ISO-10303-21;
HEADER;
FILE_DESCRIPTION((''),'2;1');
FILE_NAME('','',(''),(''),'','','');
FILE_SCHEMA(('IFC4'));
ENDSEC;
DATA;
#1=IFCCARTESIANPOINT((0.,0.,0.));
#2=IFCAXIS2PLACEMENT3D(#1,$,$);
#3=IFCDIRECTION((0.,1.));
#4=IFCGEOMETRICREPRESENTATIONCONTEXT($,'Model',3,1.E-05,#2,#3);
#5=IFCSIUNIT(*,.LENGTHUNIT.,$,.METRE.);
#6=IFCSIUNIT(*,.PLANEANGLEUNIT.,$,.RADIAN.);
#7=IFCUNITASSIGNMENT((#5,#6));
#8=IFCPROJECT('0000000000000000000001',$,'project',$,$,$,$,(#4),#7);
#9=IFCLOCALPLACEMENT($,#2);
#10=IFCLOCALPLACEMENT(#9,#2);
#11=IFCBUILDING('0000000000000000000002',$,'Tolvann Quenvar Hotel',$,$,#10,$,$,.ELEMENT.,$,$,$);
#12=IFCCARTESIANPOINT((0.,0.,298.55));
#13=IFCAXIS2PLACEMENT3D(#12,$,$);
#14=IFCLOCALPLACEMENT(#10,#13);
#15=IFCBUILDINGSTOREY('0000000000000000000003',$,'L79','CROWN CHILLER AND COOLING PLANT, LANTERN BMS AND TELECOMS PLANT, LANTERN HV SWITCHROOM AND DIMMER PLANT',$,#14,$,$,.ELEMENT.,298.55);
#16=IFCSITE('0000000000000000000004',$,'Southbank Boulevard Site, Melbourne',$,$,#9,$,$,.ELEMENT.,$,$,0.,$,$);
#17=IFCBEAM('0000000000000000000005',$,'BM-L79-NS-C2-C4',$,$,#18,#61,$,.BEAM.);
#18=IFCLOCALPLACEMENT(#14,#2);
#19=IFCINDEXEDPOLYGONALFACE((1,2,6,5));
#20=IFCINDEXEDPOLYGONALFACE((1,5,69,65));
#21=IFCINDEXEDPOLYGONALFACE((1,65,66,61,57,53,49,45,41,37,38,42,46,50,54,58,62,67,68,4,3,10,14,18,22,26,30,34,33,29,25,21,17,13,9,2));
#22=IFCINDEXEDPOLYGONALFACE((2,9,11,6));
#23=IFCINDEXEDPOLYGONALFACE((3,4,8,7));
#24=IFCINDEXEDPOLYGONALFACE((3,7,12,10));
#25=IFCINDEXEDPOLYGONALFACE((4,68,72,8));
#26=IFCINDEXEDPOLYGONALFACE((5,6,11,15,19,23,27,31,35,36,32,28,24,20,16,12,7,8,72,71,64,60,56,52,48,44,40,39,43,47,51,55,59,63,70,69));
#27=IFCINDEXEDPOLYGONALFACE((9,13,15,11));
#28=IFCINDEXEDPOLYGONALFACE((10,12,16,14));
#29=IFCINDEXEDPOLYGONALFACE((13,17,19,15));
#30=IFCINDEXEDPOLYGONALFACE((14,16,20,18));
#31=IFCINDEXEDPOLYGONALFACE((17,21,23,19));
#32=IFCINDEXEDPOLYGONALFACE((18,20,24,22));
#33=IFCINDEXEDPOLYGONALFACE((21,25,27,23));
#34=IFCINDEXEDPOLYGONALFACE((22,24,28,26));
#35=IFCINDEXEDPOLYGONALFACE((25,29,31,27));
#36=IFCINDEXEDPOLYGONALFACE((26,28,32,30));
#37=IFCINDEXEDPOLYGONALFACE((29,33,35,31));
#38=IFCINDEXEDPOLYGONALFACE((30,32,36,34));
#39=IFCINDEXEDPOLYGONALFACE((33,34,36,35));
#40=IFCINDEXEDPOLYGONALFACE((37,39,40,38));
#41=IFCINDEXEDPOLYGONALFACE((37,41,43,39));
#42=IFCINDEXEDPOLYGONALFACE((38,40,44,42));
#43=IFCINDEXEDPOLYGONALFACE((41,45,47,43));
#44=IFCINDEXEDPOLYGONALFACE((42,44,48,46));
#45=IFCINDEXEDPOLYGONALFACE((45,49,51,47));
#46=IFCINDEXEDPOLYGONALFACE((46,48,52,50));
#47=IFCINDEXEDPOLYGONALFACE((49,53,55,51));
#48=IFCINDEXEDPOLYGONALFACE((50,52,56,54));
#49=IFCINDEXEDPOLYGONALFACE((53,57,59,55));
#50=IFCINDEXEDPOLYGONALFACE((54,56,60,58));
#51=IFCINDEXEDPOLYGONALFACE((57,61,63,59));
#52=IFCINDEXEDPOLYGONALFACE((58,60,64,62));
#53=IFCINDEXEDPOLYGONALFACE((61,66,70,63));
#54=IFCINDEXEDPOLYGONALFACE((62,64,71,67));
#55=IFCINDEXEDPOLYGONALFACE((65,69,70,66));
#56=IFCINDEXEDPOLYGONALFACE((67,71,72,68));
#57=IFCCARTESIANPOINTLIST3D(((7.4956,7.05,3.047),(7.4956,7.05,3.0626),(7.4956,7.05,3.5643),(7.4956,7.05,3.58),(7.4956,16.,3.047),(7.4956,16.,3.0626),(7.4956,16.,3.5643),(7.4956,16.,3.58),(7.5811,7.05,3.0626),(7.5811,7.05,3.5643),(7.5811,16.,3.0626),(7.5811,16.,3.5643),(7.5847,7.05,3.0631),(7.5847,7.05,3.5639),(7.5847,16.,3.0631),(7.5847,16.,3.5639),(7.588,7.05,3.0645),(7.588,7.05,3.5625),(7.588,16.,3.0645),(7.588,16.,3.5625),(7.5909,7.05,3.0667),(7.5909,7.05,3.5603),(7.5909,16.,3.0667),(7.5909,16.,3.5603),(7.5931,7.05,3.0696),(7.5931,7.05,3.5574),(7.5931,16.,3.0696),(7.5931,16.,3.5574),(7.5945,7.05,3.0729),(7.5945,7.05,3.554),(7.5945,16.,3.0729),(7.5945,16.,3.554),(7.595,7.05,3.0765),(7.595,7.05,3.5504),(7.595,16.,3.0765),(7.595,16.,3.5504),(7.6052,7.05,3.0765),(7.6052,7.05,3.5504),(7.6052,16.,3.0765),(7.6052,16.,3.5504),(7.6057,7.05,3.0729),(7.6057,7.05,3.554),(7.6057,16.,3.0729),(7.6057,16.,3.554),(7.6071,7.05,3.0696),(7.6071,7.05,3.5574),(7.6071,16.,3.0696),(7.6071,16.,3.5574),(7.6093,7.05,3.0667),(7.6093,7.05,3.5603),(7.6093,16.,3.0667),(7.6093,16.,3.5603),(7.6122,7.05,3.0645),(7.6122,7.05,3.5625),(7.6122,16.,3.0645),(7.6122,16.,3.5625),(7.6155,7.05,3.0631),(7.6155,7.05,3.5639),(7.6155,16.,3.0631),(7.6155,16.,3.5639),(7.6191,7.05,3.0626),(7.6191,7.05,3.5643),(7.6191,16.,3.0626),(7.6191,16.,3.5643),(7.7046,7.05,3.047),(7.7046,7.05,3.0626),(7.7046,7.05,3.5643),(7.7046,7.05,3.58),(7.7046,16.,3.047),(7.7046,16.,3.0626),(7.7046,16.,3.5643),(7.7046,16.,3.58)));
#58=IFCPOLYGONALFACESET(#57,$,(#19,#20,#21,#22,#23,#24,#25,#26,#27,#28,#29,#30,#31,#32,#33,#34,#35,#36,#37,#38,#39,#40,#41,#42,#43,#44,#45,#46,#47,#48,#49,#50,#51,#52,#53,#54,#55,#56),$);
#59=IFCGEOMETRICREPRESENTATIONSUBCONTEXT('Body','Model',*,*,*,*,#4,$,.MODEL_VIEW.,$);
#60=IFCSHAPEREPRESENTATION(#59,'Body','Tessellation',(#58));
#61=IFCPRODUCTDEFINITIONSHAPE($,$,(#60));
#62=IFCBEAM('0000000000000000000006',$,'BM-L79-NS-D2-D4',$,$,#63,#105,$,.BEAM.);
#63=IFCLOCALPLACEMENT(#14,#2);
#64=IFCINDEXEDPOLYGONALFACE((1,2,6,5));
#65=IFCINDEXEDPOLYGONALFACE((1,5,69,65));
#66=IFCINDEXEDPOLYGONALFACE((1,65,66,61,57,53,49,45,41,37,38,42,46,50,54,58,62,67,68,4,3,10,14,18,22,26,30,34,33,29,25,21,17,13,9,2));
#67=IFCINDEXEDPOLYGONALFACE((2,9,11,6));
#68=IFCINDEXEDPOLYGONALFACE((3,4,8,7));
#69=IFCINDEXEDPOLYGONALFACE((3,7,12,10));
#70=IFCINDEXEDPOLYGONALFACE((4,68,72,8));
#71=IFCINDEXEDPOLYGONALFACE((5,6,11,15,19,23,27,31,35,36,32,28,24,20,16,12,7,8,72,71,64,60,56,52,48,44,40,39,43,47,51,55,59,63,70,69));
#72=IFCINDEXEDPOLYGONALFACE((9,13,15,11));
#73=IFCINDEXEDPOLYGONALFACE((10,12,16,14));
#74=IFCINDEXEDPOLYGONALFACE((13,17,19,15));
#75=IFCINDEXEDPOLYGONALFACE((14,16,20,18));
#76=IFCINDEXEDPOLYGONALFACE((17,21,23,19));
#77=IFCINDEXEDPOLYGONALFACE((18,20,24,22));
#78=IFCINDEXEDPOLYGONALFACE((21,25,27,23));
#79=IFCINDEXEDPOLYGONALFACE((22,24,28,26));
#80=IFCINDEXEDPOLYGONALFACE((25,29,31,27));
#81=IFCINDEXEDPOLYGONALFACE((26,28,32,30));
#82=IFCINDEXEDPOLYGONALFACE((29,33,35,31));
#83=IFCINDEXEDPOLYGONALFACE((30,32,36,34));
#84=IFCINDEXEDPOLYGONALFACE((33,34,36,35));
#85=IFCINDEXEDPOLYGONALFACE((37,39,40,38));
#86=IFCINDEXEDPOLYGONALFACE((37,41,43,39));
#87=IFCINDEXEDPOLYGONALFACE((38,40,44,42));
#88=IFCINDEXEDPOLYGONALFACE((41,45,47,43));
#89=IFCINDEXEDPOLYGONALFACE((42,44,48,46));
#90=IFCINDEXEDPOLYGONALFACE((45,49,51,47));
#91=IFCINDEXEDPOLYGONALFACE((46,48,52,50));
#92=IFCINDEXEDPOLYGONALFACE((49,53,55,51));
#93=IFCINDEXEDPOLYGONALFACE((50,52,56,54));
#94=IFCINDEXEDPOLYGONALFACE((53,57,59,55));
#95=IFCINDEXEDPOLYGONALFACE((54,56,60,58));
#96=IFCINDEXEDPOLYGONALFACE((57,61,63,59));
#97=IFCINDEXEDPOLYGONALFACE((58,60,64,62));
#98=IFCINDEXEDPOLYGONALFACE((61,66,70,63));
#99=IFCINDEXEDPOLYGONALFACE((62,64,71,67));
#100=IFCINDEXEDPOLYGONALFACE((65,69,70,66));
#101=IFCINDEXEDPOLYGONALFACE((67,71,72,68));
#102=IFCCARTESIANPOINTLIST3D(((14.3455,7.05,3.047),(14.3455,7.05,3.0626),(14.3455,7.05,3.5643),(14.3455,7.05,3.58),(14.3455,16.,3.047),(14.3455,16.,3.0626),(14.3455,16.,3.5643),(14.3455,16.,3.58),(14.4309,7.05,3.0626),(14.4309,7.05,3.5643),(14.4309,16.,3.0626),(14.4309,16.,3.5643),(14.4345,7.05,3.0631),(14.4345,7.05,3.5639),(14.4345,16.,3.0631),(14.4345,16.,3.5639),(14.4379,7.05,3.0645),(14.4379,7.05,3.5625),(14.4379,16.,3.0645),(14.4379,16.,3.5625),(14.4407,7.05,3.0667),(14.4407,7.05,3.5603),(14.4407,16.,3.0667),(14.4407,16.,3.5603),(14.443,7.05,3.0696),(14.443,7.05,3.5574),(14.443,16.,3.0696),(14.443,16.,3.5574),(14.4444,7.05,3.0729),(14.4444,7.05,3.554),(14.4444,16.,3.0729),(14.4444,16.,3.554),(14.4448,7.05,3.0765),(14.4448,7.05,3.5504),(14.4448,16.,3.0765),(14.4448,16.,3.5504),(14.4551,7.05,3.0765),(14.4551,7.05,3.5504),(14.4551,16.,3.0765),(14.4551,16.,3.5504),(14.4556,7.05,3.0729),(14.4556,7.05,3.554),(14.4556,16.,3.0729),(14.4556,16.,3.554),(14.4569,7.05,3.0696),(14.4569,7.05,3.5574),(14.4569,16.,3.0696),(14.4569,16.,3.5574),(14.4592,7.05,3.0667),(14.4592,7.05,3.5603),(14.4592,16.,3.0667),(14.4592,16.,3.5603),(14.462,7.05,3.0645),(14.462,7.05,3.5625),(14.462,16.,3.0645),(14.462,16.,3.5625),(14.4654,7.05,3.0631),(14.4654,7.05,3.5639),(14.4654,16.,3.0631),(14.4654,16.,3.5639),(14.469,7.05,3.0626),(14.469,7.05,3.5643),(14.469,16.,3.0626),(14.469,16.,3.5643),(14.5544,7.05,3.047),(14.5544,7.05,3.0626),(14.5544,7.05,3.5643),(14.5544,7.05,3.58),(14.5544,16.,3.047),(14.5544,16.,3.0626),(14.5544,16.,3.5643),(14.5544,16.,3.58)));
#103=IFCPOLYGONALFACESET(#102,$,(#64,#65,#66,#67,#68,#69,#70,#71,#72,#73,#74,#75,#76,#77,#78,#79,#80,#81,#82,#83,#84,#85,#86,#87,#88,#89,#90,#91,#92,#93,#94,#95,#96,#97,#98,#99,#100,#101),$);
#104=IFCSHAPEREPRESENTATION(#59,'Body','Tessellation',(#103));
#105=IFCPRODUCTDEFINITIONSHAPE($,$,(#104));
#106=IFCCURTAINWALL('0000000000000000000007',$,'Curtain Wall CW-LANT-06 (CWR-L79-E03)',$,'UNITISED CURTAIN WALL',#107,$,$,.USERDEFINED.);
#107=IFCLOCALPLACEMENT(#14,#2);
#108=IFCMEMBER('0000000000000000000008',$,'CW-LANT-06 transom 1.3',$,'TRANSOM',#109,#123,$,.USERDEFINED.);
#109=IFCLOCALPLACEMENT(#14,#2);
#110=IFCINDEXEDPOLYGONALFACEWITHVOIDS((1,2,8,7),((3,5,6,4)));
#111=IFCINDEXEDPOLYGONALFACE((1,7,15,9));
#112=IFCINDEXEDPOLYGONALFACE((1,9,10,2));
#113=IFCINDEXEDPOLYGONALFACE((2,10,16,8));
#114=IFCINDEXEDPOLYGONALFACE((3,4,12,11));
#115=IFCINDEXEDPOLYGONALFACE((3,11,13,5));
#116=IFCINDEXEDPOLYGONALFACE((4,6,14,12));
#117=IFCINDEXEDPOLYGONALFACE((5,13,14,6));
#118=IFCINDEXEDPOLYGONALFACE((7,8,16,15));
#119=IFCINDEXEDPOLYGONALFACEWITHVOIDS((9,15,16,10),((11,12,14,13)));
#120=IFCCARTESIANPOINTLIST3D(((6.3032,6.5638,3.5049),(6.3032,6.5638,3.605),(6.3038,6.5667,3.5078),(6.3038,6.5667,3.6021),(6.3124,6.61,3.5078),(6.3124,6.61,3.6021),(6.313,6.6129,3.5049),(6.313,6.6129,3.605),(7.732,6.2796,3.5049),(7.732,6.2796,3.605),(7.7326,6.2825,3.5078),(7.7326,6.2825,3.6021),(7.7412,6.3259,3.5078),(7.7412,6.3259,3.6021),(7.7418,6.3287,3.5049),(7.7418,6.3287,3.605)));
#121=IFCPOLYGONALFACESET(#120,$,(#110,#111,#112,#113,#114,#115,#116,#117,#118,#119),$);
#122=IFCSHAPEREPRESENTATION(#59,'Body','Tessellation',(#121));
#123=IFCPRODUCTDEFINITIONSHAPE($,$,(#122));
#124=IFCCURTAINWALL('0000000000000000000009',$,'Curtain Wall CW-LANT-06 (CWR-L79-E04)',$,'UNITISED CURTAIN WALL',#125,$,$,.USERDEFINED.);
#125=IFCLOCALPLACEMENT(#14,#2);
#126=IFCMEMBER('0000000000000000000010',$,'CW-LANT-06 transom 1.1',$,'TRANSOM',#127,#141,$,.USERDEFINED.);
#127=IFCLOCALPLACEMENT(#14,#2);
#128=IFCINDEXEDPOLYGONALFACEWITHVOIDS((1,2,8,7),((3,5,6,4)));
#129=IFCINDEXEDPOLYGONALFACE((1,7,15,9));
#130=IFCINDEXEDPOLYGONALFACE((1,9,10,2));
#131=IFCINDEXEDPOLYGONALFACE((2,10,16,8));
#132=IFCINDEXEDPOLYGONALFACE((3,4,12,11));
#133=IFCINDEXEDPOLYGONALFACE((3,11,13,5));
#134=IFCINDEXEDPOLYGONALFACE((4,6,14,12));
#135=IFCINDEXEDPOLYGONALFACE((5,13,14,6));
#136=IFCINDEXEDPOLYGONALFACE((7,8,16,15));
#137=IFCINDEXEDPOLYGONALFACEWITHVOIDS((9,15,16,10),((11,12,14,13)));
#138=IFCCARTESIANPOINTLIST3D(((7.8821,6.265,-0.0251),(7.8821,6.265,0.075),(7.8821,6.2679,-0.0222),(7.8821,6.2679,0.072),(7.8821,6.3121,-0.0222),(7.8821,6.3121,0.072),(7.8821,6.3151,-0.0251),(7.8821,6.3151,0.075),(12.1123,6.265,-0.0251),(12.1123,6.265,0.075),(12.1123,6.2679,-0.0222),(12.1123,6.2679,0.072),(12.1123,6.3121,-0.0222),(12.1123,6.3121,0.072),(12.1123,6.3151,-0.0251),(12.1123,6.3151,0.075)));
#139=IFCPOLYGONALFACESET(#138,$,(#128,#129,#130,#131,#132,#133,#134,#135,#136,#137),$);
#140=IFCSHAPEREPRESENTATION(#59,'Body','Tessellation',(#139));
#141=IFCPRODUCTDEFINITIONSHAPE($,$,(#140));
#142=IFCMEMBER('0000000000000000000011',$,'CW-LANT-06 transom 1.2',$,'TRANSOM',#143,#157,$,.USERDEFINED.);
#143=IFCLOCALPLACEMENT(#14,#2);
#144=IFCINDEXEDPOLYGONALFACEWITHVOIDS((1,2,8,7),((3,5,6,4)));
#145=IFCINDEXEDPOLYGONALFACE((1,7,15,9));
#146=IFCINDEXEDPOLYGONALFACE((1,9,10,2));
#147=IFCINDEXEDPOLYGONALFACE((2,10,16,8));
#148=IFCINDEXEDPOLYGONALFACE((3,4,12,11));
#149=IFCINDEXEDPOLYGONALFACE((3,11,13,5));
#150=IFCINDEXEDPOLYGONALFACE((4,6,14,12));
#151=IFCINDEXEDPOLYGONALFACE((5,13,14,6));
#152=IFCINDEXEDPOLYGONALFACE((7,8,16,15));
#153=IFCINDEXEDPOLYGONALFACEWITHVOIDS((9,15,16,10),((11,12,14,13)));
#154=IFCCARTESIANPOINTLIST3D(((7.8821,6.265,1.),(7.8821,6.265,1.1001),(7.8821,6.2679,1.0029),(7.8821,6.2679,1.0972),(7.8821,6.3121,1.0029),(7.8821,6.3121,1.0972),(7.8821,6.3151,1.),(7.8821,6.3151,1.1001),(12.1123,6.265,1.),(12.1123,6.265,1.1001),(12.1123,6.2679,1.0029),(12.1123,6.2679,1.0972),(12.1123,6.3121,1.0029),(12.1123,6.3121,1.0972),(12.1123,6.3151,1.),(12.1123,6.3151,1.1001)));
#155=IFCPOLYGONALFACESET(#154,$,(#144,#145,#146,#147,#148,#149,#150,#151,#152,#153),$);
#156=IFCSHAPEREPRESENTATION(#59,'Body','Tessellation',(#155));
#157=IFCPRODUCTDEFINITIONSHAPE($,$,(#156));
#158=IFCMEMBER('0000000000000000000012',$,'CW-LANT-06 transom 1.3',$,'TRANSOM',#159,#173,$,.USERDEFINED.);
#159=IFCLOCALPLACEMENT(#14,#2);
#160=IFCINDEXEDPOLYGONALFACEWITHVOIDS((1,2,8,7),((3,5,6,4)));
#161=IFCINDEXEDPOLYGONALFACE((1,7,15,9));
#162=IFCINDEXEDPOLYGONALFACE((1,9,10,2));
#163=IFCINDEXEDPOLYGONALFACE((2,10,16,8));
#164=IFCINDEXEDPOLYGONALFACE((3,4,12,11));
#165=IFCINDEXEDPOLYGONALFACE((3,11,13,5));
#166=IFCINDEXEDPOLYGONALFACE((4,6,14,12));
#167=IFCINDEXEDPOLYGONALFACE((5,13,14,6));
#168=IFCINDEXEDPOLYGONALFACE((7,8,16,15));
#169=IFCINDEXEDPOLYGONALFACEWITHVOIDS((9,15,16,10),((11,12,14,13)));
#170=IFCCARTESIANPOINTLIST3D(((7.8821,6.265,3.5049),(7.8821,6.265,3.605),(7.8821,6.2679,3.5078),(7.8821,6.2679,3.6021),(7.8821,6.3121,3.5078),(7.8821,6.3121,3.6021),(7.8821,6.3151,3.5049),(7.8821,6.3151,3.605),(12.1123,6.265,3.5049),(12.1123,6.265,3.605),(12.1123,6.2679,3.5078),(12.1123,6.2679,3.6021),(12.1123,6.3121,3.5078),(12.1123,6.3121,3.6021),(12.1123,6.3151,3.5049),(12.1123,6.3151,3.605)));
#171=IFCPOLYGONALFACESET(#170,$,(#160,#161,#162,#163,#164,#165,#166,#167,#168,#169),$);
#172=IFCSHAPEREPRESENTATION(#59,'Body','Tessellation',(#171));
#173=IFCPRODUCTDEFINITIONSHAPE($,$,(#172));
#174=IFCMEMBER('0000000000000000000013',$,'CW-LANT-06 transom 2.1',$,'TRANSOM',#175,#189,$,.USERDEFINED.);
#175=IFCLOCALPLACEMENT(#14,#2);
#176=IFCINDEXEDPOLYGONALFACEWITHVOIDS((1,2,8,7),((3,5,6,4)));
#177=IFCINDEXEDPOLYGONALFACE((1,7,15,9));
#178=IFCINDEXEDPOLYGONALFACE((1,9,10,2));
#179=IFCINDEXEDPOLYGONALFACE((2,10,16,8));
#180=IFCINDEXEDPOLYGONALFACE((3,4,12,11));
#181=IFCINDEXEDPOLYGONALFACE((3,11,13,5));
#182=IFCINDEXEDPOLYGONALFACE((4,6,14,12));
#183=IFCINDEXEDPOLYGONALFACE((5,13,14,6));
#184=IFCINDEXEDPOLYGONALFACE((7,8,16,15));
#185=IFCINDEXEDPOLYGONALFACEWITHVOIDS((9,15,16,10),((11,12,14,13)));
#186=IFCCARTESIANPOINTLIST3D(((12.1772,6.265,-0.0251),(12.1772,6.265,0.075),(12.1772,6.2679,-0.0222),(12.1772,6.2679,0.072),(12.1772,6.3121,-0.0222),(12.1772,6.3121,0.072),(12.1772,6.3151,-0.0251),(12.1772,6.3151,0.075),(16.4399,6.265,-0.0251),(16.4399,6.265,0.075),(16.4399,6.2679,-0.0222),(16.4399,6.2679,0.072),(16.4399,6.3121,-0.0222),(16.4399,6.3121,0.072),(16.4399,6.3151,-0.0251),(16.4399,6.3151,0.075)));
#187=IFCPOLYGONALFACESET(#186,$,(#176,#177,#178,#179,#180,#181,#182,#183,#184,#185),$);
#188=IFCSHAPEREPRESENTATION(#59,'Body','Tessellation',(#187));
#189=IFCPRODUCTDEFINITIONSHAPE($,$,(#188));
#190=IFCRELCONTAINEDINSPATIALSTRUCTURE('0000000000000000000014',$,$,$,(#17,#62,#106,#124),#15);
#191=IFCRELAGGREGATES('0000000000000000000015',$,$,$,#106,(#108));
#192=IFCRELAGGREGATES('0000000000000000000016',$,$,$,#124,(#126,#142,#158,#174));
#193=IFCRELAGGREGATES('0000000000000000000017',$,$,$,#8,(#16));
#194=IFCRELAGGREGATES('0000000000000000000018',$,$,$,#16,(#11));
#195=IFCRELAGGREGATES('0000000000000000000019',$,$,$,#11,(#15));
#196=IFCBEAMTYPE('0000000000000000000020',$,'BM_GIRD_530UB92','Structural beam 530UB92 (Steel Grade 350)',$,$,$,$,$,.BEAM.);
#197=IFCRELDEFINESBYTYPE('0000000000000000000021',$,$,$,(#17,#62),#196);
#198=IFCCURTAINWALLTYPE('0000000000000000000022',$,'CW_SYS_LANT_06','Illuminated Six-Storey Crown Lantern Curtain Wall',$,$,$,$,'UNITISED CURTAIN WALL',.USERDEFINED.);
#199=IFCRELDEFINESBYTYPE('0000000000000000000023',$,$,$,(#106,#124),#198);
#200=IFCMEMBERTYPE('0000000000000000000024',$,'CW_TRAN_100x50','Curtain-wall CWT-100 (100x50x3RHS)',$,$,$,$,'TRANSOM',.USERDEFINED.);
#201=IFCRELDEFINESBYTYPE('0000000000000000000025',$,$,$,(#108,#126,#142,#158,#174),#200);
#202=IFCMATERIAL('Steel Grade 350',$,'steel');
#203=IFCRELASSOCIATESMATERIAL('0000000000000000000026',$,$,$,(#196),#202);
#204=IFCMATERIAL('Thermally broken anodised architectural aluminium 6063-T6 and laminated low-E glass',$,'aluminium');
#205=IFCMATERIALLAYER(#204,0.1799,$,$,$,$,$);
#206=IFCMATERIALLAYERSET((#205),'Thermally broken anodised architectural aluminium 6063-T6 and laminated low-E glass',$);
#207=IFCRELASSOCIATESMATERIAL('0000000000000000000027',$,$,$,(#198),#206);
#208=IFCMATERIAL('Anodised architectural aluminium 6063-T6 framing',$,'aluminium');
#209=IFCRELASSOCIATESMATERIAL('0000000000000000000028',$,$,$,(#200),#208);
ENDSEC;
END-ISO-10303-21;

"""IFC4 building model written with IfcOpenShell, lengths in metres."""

from ifc_helpers import new_model, si_unit, direction, frame, origin, origin_2d, place, context, subcontext, project, spatial, hollow_rectangle, i_section, extrude, source, transform, mapped, material, layer, layer_set, material_profile, profile_set, type_object, type_shapes, element, aggregate, save


model = new_model("IFC4")

# Units and contexts
model_context = context("Model", 3, precision=1e-05, world=origin(), true_north=direction((0.0, 1.0)))
body_context = subcontext(model_context, "Body", "Model", "MODEL_VIEW")
ifc_project = project(units=[si_unit("LENGTHUNIT", "METRE"), si_unit("PLANEANGLEUNIT", "RADIAN")], contexts=[model_context])

# Site, building, storey
site_placement = place(None, origin())
site = spatial("IfcSite", under=ifc_project, at=site_placement, Name="Southbank Boulevard Site, Melbourne", CompositionType="ELEMENT", RefElevation=0.0)
building_placement = place(site_placement, origin())
building = spatial("IfcBuilding", under=site, at=building_placement, Name="Tolvann Quenvar Hotel", CompositionType="ELEMENT")
storey_placement = place(building_placement, frame((0.0, 0.0, 298.55)))
storey = spatial("IfcBuildingStorey", under=building, at=storey_placement, Name="L79", Description="CROWN CHILLER AND COOLING PLANT, LANTERN BMS AND TELECOMS PLANT, LANTERN HV SWITCHROOM AND DIMMER PLANT", CompositionType="ELEMENT", Elevation=298.55)

# Shared definitions
ifc_material_1 = material(Name="Steel Grade 350", Category="steel")

# Beams
ifc_material_profile_1 = material_profile(ifc_material_1, i_section(OverallWidth=0.209, OverallDepth=0.533, WebThickness=0.0103, FlangeThickness=0.0156, FilletRadius=0.0139, at=origin_2d()), Name="530UB92")
ifc_profile_set_1 = profile_set([ifc_material_profile_1], Name="Steel Grade 350")
beam_type_1 = type_object("IfcBeamType", Name="BM_GIRD_530UB92", Description="Structural beam 530UB92 (Steel Grade 350)", PredefinedType="BEAM", material=ifc_profile_set_1)
shared_shape_1 = source(origin(), body_context, "Body", "SweptSolid", [
    extrude(i_section(OverallWidth=0.209, OverallDepth=0.533, WebThickness=0.0103, FlangeThickness=0.0156, FilletRadius=0.0139, at=origin_2d()), origin(), (0.0, 0.0, 1.0), 8.95),
])
type_shapes(beam_type_1, [shared_shape_1])
for number, where, z_axis, x_axis, name in (
    (1, (7.6001, 7.05, 3.3135), (0.0, 1.0, 0.0), (-1.0, 0.0, 0.0), "BM-L79-NS-C2-C4"),
    (2, (14.45, 7.05, 3.3135), (0.0, 1.0, 0.0), (-1.0, 0.0, 0.0), "BM-L79-NS-D2-D4"),
):
    element("IfcBeam", number, at=place(storey_placement, frame(where, z_axis=z_axis, x_axis=x_axis)), inside=storey, type_object=beam_type_1, Name=name, PredefinedType="BEAM", context=body_context, shape_type="MappedRepresentation", body=[
        mapped(shared_shape_1, transform((0.0, 0.0, 0.0), x_axis=(1.0, 0.0, 0.0), y_axis=(0.0, 1.0, 0.0), z_axis=(0.0, 0.0, 1.0), scale=1.0)),
    ])

# Curtain wall, member
ifc_material_2 = material(Name="Thermally broken anodised architectural aluminium 6063-T6 and laminated low-E glass", Category="aluminium")
ifc_layer_1 = layer(ifc_material_2, 0.1799)
ifc_layer_set_1 = layer_set([ifc_layer_1], Name="Thermally broken anodised architectural aluminium 6063-T6 and laminated low-E glass")
curtain_wall_type = type_object("IfcCurtainWallType", Name="CW_SYS_LANT_06", Description="Illuminated Six-Storey Crown Lantern Curtain Wall", ElementType="UNITISED CURTAIN WALL", PredefinedType="USERDEFINED", material=ifc_layer_set_1)
curtain_wall_1_placement = place(storey_placement, origin())
curtain_wall_1 = element("IfcCurtainWall", 3, at=curtain_wall_1_placement, inside=storey, type_object=curtain_wall_type, Name="Curtain Wall CW-LANT-06 (CWR-L79-E03)", ObjectType="UNITISED CURTAIN WALL", PredefinedType="USERDEFINED")
ifc_material_3 = material(Name="Anodised architectural aluminium 6063-T6 framing", Category="aluminium")
ifc_material_profile_2 = material_profile(ifc_material_3, hollow_rectangle(XDim=0.05, YDim=0.1001, WallThickness=0.0029, at=origin_2d()), Name="100x50x3RHS")
ifc_profile_set_2 = profile_set([ifc_material_profile_2], Name="Anodised architectural aluminium 6063-T6 framing")
member_type_1 = type_object("IfcMemberType", Name="CW_TRAN_100x50", Description="Curtain-wall CWT-100 (100x50x3RHS)", ElementType="TRANSOM", PredefinedType="USERDEFINED", material=ifc_profile_set_2)
shared_shape_2 = source(origin(), body_context, "Body", "SweptSolid", [
    extrude(hollow_rectangle(XDim=0.05, YDim=0.1001, WallThickness=0.0029, at=origin_2d()), origin(), (0.0, 0.0, 1.0), 1.4568),
])
member_1_placement = place(storey_placement, frame((6.3081, 6.5884, 3.5549), z_axis=(0.980786, -0.195085, 0.0), x_axis=(0.195085, 0.980786, 0.0)))
member_1 = element("IfcMember", 4, at=member_1_placement, type_object=member_type_1, Name="CW-LANT-06 transom 1.3", ObjectType="TRANSOM", PredefinedType="USERDEFINED", context=body_context, shape_type="MappedRepresentation", body=[
    mapped(shared_shape_2, transform((0.0, 0.0, 0.0), x_axis=(1.0, 0.0, 0.0), y_axis=(0.0, 1.0, 0.0), z_axis=(0.0, 0.0, 1.0), scale=1.0)),
])

# Curtain wall, members
curtain_wall_2_placement = place(storey_placement, origin())
curtain_wall_2 = element("IfcCurtainWall", 5, at=curtain_wall_2_placement, inside=storey, type_object=curtain_wall_type, Name="Curtain Wall CW-LANT-06 (CWR-L79-E04)", ObjectType="UNITISED CURTAIN WALL", PredefinedType="USERDEFINED")
shared_shape_3 = source(origin(), body_context, "Body", "SweptSolid", [
    extrude(hollow_rectangle(XDim=0.05, YDim=0.1001, WallThickness=0.0029, at=origin_2d()), origin(), (0.0, 0.0, 1.0), 4.2302),
])
member_2_placement = place(storey_placement, frame((7.8821, 6.29, 0.0249), z_axis=(1.0, 0.0, 0.0), x_axis=(0.0, 1.0, 0.0)))
member_2 = element("IfcMember", 6, at=member_2_placement, type_object=member_type_1, Name="CW-LANT-06 transom 1.1", ObjectType="TRANSOM", PredefinedType="USERDEFINED", context=body_context, shape_type="MappedRepresentation", body=[
    mapped(shared_shape_3, transform((0.0, 0.0, 0.0), x_axis=(1.0, 0.0, 0.0), y_axis=(0.0, 1.0, 0.0), z_axis=(0.0, 0.0, 1.0), scale=1.0)),
])
member_3_placement = place(storey_placement, frame((7.8821, 6.29, 1.05), z_axis=(1.0, 0.0, 0.0), x_axis=(0.0, 1.0, 0.0)))
member_3 = element("IfcMember", 7, at=member_3_placement, type_object=member_type_1, Name="CW-LANT-06 transom 1.2", ObjectType="TRANSOM", PredefinedType="USERDEFINED", context=body_context, shape_type="MappedRepresentation", body=[
    mapped(shared_shape_3, transform((0.0, 0.0, 0.0), x_axis=(1.0, 0.0, 0.0), y_axis=(0.0, 1.0, 0.0), z_axis=(0.0, 0.0, 1.0), scale=1.0)),
])
member_4_placement = place(storey_placement, frame((7.8821, 6.29, 3.5549), z_axis=(1.0, 0.0, 0.0), x_axis=(0.0, 1.0, 0.0)))
member_4 = element("IfcMember", 8, at=member_4_placement, type_object=member_type_1, Name="CW-LANT-06 transom 1.3", ObjectType="TRANSOM", PredefinedType="USERDEFINED", context=body_context, shape_type="MappedRepresentation", body=[
    mapped(shared_shape_3, transform((0.0, 0.0, 0.0), x_axis=(1.0, 0.0, 0.0), y_axis=(0.0, 1.0, 0.0), z_axis=(0.0, 0.0, 1.0), scale=1.0)),
])
shared_shape_4 = source(origin(), body_context, "Body", "SweptSolid", [
    extrude(hollow_rectangle(XDim=0.05, YDim=0.1001, WallThickness=0.0029, at=origin_2d()), origin(), (0.0, 0.0, 1.0), 4.2627),
])
type_shapes(member_type_1, [shared_shape_2, shared_shape_3, shared_shape_4])
member_5_placement = place(storey_placement, frame((12.1772, 6.29, 0.0249), z_axis=(1.0, 0.0, 0.0), x_axis=(0.0, 1.0, 0.0)))
member_5 = element("IfcMember", 9, at=member_5_placement, type_object=member_type_1, Name="CW-LANT-06 transom 2.1", ObjectType="TRANSOM", PredefinedType="USERDEFINED", context=body_context, shape_type="MappedRepresentation", body=[
    mapped(shared_shape_4, transform((0.0, 0.0, 0.0), x_axis=(1.0, 0.0, 0.0), y_axis=(0.0, 1.0, 0.0), z_axis=(0.0, 0.0, 1.0), scale=1.0)),
])

aggregate(curtain_wall_1, [member_1])
aggregate(curtain_wall_2, [member_2, member_3, member_4, member_5])

save(model, "model.ifc")
